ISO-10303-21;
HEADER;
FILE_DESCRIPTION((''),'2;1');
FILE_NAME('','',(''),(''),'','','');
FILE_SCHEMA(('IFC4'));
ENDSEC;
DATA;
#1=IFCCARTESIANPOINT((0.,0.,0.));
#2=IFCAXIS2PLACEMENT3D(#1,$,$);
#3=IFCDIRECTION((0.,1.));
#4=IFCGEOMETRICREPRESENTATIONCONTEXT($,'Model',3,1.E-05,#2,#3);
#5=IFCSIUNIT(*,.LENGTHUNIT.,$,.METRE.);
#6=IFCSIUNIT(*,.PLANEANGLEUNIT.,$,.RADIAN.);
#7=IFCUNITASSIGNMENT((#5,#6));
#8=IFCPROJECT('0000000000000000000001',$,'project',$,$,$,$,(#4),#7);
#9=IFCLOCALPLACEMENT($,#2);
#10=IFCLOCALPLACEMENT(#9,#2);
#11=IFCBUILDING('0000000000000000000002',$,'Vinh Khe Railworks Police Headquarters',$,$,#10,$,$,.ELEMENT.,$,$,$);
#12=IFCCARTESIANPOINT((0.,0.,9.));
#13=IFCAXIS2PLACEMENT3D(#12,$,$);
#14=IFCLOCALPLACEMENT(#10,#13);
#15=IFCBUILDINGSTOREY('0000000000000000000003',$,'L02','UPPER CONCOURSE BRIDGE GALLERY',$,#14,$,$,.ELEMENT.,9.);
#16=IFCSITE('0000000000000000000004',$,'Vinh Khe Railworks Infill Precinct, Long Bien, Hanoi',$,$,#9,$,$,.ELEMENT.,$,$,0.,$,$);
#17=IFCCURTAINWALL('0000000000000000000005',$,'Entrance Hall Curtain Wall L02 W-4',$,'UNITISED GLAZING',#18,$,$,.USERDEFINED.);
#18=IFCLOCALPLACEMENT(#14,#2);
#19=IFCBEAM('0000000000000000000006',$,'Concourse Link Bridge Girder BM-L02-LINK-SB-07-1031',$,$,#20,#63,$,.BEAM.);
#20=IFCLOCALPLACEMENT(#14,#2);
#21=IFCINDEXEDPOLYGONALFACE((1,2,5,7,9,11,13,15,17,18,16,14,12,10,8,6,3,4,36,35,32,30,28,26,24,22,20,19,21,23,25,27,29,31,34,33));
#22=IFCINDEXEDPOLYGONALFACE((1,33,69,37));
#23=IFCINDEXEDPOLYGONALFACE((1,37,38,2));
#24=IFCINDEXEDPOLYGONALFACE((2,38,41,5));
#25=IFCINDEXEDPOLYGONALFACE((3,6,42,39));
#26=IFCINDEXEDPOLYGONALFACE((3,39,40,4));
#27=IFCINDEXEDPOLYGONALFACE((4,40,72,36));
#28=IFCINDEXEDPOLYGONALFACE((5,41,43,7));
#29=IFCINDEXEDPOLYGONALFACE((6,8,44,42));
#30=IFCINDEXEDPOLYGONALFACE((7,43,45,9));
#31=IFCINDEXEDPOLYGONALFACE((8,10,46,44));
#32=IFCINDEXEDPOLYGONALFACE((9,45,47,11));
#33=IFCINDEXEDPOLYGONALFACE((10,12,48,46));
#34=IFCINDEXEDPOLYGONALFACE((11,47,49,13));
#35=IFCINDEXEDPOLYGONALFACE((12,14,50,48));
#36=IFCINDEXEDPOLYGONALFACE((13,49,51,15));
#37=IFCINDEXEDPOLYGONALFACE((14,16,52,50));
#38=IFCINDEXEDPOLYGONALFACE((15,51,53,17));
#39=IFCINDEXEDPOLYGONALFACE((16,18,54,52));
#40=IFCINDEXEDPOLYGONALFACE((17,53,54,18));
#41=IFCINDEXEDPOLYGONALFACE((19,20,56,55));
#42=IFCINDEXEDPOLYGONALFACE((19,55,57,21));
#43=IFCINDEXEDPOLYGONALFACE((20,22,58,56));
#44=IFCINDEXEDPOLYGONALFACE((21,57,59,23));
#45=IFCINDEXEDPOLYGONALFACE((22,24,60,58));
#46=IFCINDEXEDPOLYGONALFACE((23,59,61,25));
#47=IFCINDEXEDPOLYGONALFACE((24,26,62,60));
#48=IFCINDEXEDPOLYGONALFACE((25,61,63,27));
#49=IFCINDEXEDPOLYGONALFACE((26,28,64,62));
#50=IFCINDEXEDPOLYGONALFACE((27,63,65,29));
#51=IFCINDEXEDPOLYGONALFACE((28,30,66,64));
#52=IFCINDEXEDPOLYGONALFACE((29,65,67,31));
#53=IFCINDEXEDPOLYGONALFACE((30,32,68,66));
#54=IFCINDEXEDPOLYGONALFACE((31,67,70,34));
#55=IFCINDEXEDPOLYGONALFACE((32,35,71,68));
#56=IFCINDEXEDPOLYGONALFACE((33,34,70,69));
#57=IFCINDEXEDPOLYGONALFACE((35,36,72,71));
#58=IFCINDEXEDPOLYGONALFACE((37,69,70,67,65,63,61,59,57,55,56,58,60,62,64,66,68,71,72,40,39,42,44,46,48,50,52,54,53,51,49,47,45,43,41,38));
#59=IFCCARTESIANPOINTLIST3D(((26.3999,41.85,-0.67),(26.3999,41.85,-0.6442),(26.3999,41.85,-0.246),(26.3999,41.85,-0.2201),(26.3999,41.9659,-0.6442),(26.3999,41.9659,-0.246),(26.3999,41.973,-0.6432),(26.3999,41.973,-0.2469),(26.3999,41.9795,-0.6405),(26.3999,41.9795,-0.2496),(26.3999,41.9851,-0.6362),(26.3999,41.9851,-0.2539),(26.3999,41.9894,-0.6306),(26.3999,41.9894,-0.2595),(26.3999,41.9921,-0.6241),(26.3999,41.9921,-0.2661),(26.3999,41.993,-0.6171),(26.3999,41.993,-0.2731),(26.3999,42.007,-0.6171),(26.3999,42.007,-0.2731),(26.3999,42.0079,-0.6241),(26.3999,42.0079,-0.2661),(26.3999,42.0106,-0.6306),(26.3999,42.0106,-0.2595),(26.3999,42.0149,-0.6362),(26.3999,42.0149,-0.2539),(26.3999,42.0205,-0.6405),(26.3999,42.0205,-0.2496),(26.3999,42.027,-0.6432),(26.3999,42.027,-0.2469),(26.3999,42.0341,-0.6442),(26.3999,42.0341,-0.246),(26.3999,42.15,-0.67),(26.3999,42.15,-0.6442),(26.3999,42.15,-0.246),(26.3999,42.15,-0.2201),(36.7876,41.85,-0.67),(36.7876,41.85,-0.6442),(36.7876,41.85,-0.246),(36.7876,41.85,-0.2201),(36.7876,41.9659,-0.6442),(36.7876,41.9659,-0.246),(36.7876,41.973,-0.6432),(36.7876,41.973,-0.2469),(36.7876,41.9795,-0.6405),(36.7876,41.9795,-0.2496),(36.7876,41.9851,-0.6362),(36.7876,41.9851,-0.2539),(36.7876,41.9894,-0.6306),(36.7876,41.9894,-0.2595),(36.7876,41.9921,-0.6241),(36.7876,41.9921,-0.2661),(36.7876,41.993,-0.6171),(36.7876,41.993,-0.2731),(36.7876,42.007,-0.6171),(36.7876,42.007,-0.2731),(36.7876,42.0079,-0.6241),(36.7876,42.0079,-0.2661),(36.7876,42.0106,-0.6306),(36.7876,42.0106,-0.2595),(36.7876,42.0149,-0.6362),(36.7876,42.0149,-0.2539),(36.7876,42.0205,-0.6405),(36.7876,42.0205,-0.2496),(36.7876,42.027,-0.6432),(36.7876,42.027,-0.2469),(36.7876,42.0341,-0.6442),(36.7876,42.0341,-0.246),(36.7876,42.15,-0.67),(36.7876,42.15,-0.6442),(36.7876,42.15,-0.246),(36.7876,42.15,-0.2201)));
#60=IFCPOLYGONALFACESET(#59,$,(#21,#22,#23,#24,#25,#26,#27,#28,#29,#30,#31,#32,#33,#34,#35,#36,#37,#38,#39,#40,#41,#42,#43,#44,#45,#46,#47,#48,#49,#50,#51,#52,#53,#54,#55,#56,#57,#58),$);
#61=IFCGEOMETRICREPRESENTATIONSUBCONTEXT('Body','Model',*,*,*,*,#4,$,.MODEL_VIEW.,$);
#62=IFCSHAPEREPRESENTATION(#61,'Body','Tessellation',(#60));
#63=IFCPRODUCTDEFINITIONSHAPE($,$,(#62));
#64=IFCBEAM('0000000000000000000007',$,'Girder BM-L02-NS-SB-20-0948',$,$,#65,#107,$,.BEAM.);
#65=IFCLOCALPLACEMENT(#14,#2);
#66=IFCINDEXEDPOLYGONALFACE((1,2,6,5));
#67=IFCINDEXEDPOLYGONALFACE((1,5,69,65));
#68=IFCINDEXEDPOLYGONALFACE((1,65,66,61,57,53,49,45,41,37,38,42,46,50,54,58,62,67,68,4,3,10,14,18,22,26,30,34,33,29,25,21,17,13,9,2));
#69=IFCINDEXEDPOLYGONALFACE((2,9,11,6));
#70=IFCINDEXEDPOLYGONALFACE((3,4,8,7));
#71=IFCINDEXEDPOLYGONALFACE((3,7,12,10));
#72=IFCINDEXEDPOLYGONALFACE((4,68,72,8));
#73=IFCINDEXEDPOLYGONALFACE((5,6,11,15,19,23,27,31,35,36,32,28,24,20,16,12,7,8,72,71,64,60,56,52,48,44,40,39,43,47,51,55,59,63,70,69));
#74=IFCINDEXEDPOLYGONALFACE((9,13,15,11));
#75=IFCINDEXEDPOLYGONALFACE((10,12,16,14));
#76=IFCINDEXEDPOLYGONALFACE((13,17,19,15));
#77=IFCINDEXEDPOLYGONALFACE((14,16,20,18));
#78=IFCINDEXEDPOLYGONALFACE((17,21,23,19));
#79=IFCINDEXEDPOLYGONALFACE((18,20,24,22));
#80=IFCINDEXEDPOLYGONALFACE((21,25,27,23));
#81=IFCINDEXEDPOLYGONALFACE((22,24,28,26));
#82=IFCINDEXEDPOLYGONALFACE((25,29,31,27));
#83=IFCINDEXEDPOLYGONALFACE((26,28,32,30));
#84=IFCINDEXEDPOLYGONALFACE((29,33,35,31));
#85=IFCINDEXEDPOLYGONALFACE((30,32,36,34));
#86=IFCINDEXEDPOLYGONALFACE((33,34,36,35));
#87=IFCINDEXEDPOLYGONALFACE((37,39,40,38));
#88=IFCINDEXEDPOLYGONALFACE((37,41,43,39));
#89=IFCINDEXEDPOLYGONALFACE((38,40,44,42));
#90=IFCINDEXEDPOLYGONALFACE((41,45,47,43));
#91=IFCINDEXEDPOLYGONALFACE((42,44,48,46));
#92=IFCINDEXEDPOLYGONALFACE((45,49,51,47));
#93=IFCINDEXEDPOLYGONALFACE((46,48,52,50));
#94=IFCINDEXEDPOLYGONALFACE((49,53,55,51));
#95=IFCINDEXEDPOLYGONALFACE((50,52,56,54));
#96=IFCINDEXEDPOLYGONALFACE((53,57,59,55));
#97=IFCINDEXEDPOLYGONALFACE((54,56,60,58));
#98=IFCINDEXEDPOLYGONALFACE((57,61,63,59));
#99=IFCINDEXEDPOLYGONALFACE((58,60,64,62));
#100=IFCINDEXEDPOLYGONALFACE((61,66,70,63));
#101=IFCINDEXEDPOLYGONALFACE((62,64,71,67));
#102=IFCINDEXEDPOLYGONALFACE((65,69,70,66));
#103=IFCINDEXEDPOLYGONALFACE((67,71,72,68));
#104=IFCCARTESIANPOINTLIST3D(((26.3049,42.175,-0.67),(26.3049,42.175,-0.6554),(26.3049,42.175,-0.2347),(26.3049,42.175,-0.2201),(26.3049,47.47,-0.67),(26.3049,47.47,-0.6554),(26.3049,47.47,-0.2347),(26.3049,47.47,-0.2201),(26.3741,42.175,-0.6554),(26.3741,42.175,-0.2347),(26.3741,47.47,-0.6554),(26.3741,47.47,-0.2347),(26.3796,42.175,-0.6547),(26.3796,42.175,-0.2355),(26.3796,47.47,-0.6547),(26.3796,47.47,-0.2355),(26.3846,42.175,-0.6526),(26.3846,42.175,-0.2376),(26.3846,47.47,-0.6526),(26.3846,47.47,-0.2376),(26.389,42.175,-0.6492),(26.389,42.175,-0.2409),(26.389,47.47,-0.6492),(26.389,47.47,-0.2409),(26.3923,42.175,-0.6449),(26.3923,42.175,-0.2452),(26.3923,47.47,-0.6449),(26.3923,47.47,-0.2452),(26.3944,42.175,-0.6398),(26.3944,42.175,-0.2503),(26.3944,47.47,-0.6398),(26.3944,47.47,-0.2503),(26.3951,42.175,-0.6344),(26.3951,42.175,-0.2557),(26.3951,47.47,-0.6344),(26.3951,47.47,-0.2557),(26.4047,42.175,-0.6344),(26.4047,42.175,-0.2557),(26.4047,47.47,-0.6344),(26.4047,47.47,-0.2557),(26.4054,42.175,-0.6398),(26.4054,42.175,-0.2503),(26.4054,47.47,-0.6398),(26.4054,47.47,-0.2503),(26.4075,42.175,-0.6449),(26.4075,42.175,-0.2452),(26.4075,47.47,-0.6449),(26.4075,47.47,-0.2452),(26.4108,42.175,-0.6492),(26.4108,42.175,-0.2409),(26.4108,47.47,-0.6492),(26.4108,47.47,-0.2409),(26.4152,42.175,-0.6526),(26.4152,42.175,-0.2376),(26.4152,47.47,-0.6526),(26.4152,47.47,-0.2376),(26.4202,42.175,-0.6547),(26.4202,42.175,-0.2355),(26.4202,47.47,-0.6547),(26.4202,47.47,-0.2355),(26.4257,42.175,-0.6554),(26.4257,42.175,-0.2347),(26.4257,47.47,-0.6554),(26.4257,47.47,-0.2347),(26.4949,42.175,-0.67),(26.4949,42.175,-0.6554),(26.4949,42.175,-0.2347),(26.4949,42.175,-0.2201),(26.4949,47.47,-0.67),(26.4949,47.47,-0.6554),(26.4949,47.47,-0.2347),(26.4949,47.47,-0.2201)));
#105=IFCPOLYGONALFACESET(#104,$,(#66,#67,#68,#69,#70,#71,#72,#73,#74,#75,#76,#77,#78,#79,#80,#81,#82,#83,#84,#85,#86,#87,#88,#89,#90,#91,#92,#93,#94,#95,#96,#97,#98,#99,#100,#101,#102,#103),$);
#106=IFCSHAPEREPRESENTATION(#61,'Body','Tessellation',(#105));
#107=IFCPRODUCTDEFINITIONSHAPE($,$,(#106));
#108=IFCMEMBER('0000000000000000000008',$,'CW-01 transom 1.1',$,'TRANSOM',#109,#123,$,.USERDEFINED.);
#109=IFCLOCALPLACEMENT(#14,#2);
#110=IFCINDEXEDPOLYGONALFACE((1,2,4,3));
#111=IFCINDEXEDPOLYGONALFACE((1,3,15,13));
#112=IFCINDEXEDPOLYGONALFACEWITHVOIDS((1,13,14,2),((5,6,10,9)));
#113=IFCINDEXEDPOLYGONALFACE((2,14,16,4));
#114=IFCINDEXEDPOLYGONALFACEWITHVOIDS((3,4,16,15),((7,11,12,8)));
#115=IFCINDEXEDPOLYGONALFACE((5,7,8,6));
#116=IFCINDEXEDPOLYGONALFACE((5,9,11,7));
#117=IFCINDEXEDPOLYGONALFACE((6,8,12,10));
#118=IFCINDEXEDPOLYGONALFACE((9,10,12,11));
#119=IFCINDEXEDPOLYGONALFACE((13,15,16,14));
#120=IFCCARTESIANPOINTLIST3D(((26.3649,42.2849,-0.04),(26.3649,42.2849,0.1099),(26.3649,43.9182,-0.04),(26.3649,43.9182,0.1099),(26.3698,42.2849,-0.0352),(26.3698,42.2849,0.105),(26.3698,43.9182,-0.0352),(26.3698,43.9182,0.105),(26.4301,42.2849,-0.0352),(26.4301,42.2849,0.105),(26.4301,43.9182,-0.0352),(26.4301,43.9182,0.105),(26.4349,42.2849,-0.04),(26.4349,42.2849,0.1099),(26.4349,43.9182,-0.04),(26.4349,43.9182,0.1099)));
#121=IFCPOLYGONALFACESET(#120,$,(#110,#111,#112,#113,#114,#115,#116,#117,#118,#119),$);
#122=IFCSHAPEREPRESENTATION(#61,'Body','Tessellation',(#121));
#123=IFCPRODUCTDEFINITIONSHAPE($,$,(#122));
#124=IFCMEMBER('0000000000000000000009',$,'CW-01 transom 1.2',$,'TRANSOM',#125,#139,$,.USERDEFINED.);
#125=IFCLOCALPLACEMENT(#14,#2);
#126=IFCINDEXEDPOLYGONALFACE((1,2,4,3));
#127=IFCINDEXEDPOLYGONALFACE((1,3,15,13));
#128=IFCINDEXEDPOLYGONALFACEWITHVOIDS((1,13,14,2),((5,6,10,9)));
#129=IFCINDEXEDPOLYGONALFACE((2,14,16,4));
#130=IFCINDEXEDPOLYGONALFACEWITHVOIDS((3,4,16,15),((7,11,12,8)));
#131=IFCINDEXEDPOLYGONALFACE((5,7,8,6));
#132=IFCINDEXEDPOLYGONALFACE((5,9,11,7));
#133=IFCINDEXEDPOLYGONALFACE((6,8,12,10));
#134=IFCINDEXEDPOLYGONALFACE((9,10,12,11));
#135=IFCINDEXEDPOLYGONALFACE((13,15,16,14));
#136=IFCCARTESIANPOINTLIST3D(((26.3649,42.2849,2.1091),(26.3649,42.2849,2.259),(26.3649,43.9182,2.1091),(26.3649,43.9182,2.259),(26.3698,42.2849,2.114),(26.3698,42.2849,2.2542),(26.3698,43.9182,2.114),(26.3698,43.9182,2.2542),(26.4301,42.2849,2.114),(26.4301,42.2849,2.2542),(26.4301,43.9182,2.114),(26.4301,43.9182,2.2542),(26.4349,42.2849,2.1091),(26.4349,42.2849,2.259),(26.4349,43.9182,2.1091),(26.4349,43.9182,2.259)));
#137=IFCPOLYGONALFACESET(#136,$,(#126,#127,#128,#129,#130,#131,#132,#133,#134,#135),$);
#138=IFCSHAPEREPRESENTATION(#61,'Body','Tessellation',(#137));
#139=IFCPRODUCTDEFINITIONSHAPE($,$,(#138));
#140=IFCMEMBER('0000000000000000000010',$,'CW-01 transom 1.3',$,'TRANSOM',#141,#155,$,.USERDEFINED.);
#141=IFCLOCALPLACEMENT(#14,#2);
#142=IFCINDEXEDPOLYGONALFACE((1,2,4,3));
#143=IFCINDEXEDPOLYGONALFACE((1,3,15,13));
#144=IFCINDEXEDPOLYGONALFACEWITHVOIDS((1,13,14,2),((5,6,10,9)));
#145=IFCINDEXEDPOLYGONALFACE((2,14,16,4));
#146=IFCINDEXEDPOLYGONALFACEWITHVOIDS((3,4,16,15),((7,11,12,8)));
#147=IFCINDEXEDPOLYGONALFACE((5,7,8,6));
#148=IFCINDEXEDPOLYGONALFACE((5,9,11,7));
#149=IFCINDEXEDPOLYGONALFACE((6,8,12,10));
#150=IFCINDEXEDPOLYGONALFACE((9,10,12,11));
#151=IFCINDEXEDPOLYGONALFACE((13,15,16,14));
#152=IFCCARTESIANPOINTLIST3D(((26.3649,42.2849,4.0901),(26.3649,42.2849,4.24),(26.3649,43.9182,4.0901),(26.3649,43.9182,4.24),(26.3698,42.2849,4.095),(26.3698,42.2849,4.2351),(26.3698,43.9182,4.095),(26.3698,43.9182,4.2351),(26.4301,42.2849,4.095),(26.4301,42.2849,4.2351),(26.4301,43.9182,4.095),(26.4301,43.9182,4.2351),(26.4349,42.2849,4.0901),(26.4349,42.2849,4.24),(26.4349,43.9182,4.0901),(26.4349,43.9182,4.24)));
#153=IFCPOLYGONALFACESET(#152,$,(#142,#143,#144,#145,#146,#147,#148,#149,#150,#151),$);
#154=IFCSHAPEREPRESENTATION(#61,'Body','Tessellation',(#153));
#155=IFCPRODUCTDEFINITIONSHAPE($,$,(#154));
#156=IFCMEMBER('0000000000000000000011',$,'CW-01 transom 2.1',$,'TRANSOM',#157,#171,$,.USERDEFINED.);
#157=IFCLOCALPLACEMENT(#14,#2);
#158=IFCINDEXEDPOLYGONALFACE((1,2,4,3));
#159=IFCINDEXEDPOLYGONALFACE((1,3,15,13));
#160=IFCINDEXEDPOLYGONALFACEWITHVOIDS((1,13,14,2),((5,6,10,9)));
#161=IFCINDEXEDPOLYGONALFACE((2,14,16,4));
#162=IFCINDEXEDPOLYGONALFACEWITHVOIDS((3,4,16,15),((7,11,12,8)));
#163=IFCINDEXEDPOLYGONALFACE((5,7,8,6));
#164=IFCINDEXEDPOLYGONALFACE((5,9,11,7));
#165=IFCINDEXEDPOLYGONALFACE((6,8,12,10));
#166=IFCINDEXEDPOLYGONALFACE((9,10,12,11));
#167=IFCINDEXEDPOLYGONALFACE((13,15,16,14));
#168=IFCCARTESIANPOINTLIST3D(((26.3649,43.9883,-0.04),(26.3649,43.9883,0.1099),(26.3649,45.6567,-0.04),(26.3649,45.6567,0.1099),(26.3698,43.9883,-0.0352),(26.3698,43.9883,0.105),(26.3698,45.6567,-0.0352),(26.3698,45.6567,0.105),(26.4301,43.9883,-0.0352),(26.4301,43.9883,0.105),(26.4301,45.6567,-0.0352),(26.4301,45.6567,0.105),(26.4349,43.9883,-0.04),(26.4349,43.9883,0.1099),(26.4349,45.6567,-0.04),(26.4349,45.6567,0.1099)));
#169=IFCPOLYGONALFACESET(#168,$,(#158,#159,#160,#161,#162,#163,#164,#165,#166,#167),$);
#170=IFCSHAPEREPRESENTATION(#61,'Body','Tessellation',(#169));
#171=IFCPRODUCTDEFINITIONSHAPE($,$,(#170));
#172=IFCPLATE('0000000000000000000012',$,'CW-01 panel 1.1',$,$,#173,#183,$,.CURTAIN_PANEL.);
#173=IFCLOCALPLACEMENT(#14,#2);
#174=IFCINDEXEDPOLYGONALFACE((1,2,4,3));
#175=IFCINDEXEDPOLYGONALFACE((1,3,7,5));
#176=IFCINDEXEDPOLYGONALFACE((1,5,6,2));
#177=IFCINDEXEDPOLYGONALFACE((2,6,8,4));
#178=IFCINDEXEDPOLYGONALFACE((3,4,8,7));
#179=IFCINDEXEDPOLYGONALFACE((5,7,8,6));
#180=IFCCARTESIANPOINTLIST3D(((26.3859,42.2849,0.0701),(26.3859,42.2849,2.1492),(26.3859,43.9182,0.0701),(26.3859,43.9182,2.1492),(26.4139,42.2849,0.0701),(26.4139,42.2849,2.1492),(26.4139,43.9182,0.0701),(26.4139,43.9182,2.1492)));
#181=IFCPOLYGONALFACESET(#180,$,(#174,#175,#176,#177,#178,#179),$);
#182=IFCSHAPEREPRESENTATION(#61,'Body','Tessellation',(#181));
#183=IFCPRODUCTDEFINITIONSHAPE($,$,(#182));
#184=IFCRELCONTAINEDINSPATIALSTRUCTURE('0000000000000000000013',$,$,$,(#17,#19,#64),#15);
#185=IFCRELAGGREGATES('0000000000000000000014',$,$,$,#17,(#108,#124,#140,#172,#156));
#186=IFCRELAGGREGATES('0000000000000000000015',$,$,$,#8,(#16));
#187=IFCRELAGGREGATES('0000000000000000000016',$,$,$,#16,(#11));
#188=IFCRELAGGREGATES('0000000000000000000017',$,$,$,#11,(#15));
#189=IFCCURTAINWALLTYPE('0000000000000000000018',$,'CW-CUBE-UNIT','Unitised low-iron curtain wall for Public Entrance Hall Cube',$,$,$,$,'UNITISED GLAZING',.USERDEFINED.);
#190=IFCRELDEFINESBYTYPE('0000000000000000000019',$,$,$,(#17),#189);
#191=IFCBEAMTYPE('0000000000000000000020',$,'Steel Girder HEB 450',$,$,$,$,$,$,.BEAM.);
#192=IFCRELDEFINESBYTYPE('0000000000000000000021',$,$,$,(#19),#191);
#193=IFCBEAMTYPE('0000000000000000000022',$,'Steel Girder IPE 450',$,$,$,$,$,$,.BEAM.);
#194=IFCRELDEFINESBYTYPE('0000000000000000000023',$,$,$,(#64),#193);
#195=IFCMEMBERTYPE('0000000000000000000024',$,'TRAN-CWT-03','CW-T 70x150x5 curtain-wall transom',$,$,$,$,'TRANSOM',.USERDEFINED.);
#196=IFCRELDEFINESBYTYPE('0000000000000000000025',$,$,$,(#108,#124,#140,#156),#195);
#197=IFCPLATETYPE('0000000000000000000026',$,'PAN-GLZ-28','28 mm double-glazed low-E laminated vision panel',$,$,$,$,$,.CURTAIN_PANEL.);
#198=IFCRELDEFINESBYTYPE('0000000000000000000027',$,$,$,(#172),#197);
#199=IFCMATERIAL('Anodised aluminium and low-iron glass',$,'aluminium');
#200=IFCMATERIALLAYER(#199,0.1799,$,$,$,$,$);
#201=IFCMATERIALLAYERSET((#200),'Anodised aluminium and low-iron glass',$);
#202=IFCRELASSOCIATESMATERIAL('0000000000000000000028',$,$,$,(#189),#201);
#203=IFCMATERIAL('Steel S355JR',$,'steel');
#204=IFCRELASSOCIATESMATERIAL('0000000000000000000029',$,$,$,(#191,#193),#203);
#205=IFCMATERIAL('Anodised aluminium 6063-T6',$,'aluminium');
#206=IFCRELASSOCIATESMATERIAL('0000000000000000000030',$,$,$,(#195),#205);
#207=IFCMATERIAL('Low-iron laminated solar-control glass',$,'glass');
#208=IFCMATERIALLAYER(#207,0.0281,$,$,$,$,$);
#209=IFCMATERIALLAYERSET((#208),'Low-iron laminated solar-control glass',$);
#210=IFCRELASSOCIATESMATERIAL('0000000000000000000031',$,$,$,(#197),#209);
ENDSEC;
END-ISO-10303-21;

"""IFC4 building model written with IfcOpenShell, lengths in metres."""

from ifc_helpers import new_model, si_unit, direction, frame, origin, origin_2d, place, context, subcontext, project, spatial, rectangle, hollow_rectangle, i_section, extrude, material, layer, layer_set, material_profile, profile_set, type_object, element, aggregate, save


model = new_model("IFC4")

# Units and contexts
model_context = context("Model", 3, precision=1e-05, world=origin(), true_north=direction((0.0, 1.0)))
body_context = subcontext(model_context, "Body", "Model", "MODEL_VIEW")
ifc_project = project(units=[si_unit("LENGTHUNIT", "METRE"), si_unit("PLANEANGLEUNIT", "RADIAN")], contexts=[model_context])

# Site, building, storey
site_placement = place(None, origin())
site = spatial("IfcSite", under=ifc_project, at=site_placement, Name="Vinh Khe Railworks Infill Precinct, Long Bien, Hanoi", CompositionType="ELEMENT", RefElevation=0.0)
building_placement = place(site_placement, origin())
building = spatial("IfcBuilding", under=site, at=building_placement, Name="Vinh Khe Railworks Police Headquarters", CompositionType="ELEMENT")
storey_placement = place(building_placement, frame((0.0, 0.0, 9.0)))
storey = spatial("IfcBuildingStorey", under=building, at=storey_placement, Name="L02", Description="UPPER CONCOURSE BRIDGE GALLERY", CompositionType="ELEMENT", Elevation=9.0)

# Shared definitions
ifc_material_1 = material(Name="Steel S355JR", Category="steel")

# Curtain wall
ifc_material_2 = material(Name="Anodised aluminium and low-iron glass", Category="aluminium")
ifc_layer_1 = layer(ifc_material_2, 0.1799)
ifc_layer_set_1 = layer_set([ifc_layer_1], Name="Anodised aluminium and low-iron glass")
curtain_wall_type = type_object("IfcCurtainWallType", Name="CW-CUBE-UNIT", Description="Unitised low-iron curtain wall for Public Entrance Hall Cube", ElementType="UNITISED GLAZING", PredefinedType="USERDEFINED", material=ifc_layer_set_1)
curtain_wall_placement = place(storey_placement, origin())
curtain_wall = element("IfcCurtainWall", 1, at=curtain_wall_placement, inside=storey, type_object=curtain_wall_type, Name="Entrance Hall Curtain Wall L02 W-4", ObjectType="UNITISED GLAZING", PredefinedType="USERDEFINED")
ifc_material_3 = material(Name="Anodised aluminium 6063-T6", Category="aluminium")

# Beams
ifc_material_profile_1 = material_profile(ifc_material_1, i_section(OverallWidth=0.3, OverallDepth=0.45, WebThickness=0.0139, FlangeThickness=0.0259, FilletRadius=0.0271, at=origin_2d()), Name="HEB 450")
ifc_profile_set_1 = profile_set([ifc_material_profile_1], Name="Steel S355JR")
beam_type_1 = type_object("IfcBeamType", Name="Steel Girder HEB 450", PredefinedType="BEAM", material=ifc_profile_set_1)
beam_1_placement = place(storey_placement, frame((26.3999, 42.0, -0.4451), z_axis=(1.0, 0.0, 0.0), x_axis=(0.0, 1.0, 0.0)))
element("IfcBeam", 2, at=beam_1_placement, inside=storey, type_object=beam_type_1, Name="Concourse Link Bridge Girder BM-L02-LINK-SB-07-1031", PredefinedType="BEAM", context=body_context, shape_type="SweptSolid", body=[
    extrude(i_section(OverallWidth=0.3, OverallDepth=0.45, WebThickness=0.0139, FlangeThickness=0.0259, FilletRadius=0.0271, at=origin_2d()), origin(), (0.0, 0.0, 1.0), 10.3877),
])
ifc_material_profile_2 = material_profile(ifc_material_1, i_section(OverallWidth=0.1899, OverallDepth=0.45, WebThickness=0.0095, FlangeThickness=0.0146, FilletRadius=0.021, at=origin_2d()), Name="IPE 450")
ifc_profile_set_2 = profile_set([ifc_material_profile_2], Name="Steel S355JR")
beam_type_2 = type_object("IfcBeamType", Name="Steel Girder IPE 450", PredefinedType="BEAM", material=ifc_profile_set_2)
beam_2_placement = place(storey_placement, frame((26.3999, 42.175, -0.4451), z_axis=(0.0, 1.0, 0.0), x_axis=(-1.0, 0.0, 0.0)))
element("IfcBeam", 3, at=beam_2_placement, inside=storey, type_object=beam_type_2, Name="Girder BM-L02-NS-SB-20-0948", PredefinedType="BEAM", context=body_context, shape_type="SweptSolid", body=[
    extrude(i_section(OverallWidth=0.1899, OverallDepth=0.45, WebThickness=0.0095, FlangeThickness=0.0146, FilletRadius=0.021, at=origin_2d()), origin(), (0.0, 0.0, 1.0), 5.2949),
])

# Members
ifc_material_profile_3 = material_profile(ifc_material_3, hollow_rectangle(XDim=0.0701, YDim=0.1499, WallThickness=0.0049, at=origin_2d()), Name="CW-T 70x150x5")
ifc_profile_set_3 = profile_set([ifc_material_profile_3], Name="Anodised aluminium 6063-T6")
member_type_1 = type_object("IfcMemberType", Name="TRAN-CWT-03", Description="CW-T 70x150x5 curtain-wall transom", ElementType="TRANSOM", PredefinedType="USERDEFINED", material=ifc_profile_set_3)
member_1_placement = place(storey_placement, frame((26.3999, 42.2849, 0.0349), z_axis=(0.0, 1.0, 0.0), x_axis=(-1.0, 0.0, 0.0)))
member_1 = element("IfcMember", 4, at=member_1_placement, type_object=member_type_1, Name="CW-01 transom 1.1", ObjectType="TRANSOM", PredefinedType="USERDEFINED", context=body_context, shape_type="SweptSolid", body=[
    extrude(hollow_rectangle(XDim=0.0701, YDim=0.1499, WallThickness=0.0049, at=origin_2d()), origin(), (0.0, 0.0, 1.0), 1.6333),
])
member_2_placement = place(storey_placement, frame((26.3999, 42.2849, 2.1841), z_axis=(0.0, 1.0, 0.0), x_axis=(-1.0, 0.0, 0.0)))
member_2 = element("IfcMember", 5, at=member_2_placement, type_object=member_type_1, Name="CW-01 transom 1.2", ObjectType="TRANSOM", PredefinedType="USERDEFINED", context=body_context, shape_type="SweptSolid", body=[
    extrude(hollow_rectangle(XDim=0.0701, YDim=0.1499, WallThickness=0.0049, at=origin_2d()), origin(), (0.0, 0.0, 1.0), 1.6333),
])
member_3_placement = place(storey_placement, frame((26.3999, 42.2849, 4.165), z_axis=(0.0, 1.0, 0.0), x_axis=(-1.0, 0.0, 0.0)))
member_3 = element("IfcMember", 6, at=member_3_placement, type_object=member_type_1, Name="CW-01 transom 1.3", ObjectType="TRANSOM", PredefinedType="USERDEFINED", context=body_context, shape_type="SweptSolid", body=[
    extrude(hollow_rectangle(XDim=0.0701, YDim=0.1499, WallThickness=0.0049, at=origin_2d()), origin(), (0.0, 0.0, 1.0), 1.6333),
])
member_4_placement = place(storey_placement, frame((26.3999, 43.9883, 0.0349), z_axis=(0.0, 1.0, 0.0), x_axis=(-1.0, 0.0, 0.0)))
member_4 = element("IfcMember", 7, at=member_4_placement, type_object=member_type_1, Name="CW-01 transom 2.1", ObjectType="TRANSOM", PredefinedType="USERDEFINED", context=body_context, shape_type="SweptSolid", body=[
    extrude(hollow_rectangle(XDim=0.0701, YDim=0.1499, WallThickness=0.0049, at=origin_2d()), origin(), (0.0, 0.0, 1.0), 1.6685),
])

# Plate
ifc_material_4 = material(Name="Low-iron laminated solar-control glass", Category="glass")
ifc_layer_2 = layer(ifc_material_4, 0.0281)
ifc_layer_set_2 = layer_set([ifc_layer_2], Name="Low-iron laminated solar-control glass")
plate_type = type_object("IfcPlateType", Name="PAN-GLZ-28", Description="28 mm double-glazed low-E laminated vision panel", PredefinedType="CURTAIN_PANEL", material=ifc_layer_set_2)
plate_1_placement = place(storey_placement, frame((26.3999, 43.1016, 0.0701), z_axis=(0.0, 0.0, 1.0), x_axis=(0.0, 1.0, 0.0)))
plate_1 = element("IfcPlate", 8, at=plate_1_placement, type_object=plate_type, Name="CW-01 panel 1.1", PredefinedType="CURTAIN_PANEL", context=body_context, shape_type="SweptSolid", body=[
    extrude(rectangle(XDim=1.6333, YDim=0.0281, at=origin_2d()), origin(), (0.0, 0.0, 1.0), 2.0791),
])
aggregate(curtain_wall, [member_1, member_2, member_3, plate_1, member_4])

save(model, "model.ifc")
